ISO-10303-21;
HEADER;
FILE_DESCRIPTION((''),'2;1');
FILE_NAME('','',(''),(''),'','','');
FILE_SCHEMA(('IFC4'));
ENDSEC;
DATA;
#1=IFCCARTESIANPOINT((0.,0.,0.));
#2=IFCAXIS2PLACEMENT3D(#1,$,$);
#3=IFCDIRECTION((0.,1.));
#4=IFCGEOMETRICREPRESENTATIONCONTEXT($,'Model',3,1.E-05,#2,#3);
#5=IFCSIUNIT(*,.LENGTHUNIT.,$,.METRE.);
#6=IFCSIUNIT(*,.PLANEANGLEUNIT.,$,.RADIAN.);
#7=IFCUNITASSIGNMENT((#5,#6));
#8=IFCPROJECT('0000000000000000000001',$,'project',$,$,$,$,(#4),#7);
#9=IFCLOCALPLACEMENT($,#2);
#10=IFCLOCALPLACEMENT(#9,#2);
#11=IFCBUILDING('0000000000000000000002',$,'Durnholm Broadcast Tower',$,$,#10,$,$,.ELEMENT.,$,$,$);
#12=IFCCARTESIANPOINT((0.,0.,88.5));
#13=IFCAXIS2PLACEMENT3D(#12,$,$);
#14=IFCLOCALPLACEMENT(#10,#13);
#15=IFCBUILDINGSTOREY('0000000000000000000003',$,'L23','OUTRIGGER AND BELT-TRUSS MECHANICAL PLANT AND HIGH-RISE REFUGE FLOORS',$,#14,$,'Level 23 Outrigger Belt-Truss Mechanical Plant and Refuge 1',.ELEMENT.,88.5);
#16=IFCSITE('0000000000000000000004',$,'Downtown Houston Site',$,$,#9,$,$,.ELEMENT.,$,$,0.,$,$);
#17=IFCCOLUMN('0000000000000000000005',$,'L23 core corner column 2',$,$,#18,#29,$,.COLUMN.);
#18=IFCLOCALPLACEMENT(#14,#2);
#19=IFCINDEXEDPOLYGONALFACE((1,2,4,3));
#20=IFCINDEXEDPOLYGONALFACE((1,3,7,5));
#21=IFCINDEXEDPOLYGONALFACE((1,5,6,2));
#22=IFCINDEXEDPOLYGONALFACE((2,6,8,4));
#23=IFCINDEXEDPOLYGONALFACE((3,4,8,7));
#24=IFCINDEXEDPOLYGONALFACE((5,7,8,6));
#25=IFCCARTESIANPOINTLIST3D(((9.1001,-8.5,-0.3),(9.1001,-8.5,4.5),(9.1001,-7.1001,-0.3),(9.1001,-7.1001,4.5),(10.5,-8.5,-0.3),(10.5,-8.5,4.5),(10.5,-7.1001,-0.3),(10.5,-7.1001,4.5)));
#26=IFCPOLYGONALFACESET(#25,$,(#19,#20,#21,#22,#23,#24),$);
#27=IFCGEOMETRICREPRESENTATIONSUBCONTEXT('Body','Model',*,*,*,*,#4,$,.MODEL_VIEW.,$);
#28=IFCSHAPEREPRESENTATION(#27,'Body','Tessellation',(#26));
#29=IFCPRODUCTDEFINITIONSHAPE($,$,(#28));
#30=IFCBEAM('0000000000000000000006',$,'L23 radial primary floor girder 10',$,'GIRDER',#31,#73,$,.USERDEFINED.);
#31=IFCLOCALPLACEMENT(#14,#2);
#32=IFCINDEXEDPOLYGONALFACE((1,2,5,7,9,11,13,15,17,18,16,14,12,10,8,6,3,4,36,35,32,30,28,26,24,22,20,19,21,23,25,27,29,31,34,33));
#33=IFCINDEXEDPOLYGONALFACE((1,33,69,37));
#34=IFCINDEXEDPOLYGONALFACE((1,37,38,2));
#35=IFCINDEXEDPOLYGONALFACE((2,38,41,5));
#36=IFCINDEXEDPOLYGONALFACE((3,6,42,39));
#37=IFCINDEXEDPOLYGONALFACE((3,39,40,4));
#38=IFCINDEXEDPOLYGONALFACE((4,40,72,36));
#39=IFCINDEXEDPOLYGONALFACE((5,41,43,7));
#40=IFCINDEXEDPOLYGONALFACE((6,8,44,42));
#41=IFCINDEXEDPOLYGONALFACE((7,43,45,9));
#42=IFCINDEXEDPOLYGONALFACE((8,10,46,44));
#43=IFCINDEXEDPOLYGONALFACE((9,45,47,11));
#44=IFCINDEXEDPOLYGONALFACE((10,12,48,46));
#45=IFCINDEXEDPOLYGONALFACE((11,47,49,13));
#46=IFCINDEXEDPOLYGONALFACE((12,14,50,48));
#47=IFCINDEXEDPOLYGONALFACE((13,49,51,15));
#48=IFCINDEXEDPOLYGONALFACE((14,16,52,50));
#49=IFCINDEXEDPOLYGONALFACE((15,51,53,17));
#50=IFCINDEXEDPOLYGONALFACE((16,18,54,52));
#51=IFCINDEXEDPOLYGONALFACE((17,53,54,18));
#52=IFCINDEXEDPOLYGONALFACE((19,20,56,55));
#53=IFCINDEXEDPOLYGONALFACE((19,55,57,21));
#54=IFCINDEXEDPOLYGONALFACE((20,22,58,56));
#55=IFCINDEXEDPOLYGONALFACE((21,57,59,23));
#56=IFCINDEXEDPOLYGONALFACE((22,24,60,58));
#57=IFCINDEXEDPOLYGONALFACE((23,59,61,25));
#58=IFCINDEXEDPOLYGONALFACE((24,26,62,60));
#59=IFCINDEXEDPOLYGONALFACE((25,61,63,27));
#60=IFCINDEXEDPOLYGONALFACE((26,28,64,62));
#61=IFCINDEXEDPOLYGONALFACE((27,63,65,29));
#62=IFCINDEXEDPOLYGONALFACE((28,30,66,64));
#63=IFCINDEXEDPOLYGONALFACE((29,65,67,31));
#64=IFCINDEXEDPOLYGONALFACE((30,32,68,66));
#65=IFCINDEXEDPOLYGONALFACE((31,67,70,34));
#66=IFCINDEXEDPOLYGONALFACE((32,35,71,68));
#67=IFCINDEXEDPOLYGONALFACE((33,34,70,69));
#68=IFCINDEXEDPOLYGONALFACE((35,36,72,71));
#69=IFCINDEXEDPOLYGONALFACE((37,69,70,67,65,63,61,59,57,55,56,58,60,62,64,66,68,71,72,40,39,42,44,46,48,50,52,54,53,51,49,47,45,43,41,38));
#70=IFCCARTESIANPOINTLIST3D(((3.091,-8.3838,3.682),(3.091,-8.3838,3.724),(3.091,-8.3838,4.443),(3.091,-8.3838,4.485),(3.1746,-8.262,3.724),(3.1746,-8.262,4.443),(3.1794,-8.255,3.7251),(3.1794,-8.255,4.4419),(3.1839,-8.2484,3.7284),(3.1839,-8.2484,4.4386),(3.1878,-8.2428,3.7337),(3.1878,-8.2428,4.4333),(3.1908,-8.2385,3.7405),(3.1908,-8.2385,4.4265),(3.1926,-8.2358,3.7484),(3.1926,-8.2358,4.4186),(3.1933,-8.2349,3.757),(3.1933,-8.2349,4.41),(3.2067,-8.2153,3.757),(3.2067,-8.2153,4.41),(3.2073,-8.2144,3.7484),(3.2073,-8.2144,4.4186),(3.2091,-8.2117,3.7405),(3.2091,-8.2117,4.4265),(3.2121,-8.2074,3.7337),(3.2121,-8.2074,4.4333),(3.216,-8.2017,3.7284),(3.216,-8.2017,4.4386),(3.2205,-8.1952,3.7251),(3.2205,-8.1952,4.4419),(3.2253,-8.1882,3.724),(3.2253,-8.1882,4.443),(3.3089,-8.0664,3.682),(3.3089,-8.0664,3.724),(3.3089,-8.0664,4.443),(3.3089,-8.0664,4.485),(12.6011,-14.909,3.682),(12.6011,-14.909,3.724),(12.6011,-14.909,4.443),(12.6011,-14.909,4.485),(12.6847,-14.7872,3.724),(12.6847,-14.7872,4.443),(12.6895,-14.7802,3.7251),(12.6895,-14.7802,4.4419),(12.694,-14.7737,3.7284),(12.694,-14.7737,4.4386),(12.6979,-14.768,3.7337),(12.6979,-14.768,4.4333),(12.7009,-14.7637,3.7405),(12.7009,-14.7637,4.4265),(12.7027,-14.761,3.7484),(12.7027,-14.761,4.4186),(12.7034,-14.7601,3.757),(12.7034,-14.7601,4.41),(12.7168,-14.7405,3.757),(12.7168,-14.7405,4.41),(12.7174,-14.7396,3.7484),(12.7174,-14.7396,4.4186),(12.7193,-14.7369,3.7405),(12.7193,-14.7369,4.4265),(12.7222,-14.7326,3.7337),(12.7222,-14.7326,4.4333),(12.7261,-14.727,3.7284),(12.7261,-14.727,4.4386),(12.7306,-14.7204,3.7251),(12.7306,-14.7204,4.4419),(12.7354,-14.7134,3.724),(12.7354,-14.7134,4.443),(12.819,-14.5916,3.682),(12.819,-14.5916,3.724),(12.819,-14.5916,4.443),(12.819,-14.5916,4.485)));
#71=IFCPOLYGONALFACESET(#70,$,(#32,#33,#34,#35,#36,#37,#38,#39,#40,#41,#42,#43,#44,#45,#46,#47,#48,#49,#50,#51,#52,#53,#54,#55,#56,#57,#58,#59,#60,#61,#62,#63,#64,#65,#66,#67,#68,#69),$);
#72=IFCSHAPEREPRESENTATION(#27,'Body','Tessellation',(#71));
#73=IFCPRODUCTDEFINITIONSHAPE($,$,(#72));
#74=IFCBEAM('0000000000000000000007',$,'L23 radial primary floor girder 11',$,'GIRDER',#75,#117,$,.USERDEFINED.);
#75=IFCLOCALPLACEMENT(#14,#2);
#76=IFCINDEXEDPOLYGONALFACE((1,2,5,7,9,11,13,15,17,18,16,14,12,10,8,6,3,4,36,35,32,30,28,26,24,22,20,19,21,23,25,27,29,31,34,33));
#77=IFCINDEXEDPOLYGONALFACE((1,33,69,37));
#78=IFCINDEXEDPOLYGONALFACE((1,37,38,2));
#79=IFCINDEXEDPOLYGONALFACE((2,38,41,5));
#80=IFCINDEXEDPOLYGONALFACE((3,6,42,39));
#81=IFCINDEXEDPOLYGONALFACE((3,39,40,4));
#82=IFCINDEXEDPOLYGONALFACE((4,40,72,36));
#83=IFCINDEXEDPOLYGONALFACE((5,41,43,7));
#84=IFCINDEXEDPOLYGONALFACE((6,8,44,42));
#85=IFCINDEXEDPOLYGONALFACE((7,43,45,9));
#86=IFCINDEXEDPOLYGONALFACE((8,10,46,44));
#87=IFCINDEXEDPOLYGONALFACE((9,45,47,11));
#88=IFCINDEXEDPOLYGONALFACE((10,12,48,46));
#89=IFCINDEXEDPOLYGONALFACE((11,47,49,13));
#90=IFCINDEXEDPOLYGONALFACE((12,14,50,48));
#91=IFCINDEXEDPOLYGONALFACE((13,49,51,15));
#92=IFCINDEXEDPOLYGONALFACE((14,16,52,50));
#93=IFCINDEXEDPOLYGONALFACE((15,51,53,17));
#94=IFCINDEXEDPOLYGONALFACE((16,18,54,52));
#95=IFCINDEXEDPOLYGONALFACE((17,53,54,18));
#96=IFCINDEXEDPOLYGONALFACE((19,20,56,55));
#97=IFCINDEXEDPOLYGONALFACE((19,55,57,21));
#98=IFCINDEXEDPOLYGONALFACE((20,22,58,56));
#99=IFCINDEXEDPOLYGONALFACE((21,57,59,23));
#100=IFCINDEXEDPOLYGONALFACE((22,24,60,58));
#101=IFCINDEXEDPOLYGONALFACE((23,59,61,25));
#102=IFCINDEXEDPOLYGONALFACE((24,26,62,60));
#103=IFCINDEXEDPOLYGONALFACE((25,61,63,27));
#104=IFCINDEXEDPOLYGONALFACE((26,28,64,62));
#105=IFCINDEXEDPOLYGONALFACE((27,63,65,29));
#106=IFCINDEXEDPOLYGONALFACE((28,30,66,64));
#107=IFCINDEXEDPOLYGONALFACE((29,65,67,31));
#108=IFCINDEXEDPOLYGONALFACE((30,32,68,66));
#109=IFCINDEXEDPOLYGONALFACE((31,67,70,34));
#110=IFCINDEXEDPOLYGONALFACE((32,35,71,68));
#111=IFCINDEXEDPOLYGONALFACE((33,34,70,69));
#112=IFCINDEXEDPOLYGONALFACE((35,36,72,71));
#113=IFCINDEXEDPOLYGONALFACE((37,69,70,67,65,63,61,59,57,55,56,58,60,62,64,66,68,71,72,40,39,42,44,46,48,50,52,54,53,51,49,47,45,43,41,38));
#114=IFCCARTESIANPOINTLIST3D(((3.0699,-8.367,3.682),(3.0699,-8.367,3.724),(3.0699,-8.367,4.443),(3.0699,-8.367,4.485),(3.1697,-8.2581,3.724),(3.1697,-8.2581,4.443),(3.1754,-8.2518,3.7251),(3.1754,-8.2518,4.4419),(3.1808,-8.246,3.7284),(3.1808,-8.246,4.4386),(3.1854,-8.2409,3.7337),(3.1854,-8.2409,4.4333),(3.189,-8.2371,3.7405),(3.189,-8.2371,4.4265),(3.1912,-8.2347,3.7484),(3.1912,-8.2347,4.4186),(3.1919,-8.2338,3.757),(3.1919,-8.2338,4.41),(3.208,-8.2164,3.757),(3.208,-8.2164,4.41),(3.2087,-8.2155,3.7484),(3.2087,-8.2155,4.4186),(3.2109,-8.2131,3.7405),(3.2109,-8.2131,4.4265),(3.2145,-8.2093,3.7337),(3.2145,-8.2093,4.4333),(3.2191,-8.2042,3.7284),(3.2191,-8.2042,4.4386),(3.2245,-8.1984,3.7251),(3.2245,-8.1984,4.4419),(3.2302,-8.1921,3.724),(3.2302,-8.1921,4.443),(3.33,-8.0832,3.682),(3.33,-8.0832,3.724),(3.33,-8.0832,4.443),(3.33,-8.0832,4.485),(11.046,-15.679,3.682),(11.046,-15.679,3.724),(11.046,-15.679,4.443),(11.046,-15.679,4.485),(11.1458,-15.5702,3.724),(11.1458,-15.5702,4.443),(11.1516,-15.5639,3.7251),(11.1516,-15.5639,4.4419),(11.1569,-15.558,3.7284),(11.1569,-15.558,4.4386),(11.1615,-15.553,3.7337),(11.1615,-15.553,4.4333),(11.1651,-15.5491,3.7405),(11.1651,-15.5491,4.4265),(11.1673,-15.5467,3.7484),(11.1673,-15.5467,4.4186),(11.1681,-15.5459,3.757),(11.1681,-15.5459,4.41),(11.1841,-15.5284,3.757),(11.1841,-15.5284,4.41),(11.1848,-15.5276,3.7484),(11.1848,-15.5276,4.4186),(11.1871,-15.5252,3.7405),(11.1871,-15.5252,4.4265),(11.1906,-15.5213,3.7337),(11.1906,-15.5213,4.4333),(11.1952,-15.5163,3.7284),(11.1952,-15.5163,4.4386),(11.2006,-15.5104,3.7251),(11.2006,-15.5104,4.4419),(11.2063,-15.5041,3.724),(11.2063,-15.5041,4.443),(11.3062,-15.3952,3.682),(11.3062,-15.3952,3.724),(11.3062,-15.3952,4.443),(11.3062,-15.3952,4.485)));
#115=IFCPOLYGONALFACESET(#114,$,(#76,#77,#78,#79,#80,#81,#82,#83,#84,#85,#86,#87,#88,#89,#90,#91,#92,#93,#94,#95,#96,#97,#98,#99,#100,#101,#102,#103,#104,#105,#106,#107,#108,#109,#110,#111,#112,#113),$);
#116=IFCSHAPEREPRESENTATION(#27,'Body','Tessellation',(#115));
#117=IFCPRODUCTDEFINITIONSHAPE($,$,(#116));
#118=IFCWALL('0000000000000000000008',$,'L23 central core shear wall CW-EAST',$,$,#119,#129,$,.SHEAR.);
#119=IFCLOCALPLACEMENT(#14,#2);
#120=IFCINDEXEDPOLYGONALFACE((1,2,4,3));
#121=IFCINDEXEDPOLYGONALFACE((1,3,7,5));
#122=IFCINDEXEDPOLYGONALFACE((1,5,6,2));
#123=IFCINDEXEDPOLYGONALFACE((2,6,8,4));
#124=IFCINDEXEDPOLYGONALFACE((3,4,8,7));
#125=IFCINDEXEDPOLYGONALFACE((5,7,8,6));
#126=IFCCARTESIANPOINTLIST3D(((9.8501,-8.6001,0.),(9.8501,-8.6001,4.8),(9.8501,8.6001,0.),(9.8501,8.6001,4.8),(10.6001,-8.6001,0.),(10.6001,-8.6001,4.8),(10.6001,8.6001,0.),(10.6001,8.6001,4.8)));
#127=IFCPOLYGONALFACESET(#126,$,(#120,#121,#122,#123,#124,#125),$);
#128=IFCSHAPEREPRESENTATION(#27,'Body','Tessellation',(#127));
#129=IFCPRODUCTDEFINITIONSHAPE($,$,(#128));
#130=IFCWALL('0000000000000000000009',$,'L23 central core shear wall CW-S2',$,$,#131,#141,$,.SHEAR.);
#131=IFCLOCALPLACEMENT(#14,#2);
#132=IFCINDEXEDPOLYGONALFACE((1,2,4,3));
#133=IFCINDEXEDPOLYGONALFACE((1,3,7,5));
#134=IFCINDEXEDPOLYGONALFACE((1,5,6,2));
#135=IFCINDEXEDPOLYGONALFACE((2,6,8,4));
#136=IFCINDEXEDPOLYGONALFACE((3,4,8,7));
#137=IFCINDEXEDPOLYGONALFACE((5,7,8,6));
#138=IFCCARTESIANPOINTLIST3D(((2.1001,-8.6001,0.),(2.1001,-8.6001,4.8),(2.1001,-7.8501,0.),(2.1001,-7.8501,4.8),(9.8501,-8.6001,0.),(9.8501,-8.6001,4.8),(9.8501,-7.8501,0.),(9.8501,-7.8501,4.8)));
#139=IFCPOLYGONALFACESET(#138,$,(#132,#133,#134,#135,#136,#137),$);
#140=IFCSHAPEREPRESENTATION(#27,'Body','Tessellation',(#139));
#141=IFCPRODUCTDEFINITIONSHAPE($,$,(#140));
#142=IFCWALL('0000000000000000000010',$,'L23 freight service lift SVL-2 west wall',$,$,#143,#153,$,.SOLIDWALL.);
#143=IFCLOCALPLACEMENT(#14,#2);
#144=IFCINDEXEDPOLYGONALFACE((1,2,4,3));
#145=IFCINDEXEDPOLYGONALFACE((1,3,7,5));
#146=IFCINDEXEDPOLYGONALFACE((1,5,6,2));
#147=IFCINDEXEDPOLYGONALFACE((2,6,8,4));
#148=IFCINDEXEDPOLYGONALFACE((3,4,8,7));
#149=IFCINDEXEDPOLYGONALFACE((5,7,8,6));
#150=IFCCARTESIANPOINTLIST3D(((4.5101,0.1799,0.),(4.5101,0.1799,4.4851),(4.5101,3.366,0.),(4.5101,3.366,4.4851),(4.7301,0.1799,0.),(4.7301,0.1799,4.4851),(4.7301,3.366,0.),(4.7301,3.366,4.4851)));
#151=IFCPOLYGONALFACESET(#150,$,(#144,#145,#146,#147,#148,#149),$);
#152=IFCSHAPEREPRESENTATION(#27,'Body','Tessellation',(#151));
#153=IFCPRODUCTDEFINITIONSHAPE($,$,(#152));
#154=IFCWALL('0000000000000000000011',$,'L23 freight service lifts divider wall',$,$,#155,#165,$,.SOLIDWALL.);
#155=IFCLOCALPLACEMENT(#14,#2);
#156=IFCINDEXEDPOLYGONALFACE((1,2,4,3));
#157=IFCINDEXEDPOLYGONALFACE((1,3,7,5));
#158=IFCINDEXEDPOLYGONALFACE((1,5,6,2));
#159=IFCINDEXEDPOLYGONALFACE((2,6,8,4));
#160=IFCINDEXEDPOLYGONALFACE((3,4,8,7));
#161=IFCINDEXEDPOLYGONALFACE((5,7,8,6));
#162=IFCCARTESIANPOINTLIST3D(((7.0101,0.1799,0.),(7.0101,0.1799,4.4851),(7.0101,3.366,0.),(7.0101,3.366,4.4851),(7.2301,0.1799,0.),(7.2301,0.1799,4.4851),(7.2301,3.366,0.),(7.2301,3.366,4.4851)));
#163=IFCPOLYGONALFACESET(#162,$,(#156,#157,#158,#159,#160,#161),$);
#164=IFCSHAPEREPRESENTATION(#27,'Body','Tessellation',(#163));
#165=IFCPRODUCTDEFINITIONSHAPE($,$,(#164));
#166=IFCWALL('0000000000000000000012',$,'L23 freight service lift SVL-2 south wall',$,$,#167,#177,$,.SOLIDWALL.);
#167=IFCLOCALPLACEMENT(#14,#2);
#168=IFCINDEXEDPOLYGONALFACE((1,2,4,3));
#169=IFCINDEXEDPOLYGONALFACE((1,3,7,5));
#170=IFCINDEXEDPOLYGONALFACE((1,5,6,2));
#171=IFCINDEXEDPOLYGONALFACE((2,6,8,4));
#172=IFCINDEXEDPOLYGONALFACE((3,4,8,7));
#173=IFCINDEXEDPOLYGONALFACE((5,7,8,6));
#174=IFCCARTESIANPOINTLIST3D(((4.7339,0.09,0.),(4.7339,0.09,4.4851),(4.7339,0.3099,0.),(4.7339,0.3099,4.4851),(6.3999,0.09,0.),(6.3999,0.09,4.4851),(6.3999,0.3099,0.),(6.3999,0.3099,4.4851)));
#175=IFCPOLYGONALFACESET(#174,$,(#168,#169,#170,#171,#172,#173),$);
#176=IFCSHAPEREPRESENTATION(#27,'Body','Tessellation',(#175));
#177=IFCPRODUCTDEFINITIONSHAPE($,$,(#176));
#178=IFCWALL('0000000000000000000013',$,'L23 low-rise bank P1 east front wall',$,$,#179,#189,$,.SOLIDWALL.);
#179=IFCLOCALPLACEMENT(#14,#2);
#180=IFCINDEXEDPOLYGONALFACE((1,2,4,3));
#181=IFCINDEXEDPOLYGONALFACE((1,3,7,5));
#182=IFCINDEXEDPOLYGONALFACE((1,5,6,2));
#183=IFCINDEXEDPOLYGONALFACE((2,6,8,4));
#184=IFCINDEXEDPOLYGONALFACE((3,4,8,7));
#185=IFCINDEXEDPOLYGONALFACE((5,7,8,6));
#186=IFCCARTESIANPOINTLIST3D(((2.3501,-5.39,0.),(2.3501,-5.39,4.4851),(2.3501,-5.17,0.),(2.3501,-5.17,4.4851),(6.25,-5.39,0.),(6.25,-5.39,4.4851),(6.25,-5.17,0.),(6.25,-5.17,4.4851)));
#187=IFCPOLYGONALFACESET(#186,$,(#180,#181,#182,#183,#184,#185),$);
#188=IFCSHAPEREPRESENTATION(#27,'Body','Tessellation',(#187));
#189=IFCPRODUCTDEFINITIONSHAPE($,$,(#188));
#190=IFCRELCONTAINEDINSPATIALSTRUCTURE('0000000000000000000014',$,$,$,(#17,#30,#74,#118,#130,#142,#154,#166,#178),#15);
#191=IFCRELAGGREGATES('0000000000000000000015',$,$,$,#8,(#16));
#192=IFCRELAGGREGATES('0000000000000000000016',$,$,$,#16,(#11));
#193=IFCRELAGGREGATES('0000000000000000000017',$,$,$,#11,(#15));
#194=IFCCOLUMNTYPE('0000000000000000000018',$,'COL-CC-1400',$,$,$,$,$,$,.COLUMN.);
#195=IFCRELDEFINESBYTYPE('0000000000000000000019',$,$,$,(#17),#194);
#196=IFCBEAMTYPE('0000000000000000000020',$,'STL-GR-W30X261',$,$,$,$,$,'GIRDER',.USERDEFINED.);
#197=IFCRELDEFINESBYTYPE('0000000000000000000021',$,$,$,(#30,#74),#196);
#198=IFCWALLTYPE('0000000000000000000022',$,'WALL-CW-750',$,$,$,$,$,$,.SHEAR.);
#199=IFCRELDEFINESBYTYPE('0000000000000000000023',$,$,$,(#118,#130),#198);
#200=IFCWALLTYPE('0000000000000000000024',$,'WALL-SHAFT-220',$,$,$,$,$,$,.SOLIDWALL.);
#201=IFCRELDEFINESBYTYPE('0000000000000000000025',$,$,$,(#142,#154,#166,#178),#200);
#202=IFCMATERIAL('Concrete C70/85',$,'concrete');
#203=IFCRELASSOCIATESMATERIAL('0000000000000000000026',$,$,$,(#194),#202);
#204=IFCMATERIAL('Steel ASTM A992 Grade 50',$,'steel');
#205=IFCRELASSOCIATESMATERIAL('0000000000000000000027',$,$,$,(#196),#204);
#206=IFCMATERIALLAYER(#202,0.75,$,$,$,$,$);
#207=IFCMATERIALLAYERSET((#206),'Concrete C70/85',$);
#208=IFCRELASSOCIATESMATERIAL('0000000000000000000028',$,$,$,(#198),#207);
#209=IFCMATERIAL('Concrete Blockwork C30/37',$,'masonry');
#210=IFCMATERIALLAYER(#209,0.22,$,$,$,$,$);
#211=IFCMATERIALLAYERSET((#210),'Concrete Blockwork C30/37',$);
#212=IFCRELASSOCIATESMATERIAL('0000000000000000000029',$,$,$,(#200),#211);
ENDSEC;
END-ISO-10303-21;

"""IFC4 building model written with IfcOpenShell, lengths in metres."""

from ifc_helpers import new_model, si_unit, direction, frame, frame_2d, origin, origin_2d, place, context, subcontext, project, spatial, rectangle, i_section, extrude, source, transform, mapped, material, layer, layer_set, material_profile, profile_set, type_object, type_shapes, element, save


model = new_model("IFC4")

# Units and contexts
model_context = context("Model", 3, precision=1e-05, world=origin(), true_north=direction((0.0, 1.0)))
body_context = subcontext(model_context, "Body", "Model", "MODEL_VIEW")
ifc_project = project(units=[si_unit("LENGTHUNIT", "METRE"), si_unit("PLANEANGLEUNIT", "RADIAN")], contexts=[model_context])

# Site, building, storey
site_placement = place(None, origin())
site = spatial("IfcSite", under=ifc_project, at=site_placement, Name="Downtown Houston Site", CompositionType="ELEMENT", RefElevation=0.0)
building_placement = place(site_placement, origin())
building = spatial("IfcBuilding", under=site, at=building_placement, Name="Durnholm Broadcast Tower", CompositionType="ELEMENT")
storey_placement = place(building_placement, frame((0.0, 0.0, 88.5)))
storey = spatial("IfcBuildingStorey", under=building, at=storey_placement, Name="L23", Description="OUTRIGGER AND BELT-TRUSS MECHANICAL PLANT AND HIGH-RISE REFUGE FLOORS", LongName="Level 23 Outrigger Belt-Truss Mechanical Plant and Refuge 1", CompositionType="ELEMENT", Elevation=88.5)

# Column
ifc_material_1 = material(Name="Concrete C70/85", Category="concrete")
ifc_material_profile_1 = material_profile(ifc_material_1, rectangle(XDim=1.3999, YDim=1.3999, at=origin_2d()), Name="RC1400X1400")
ifc_profile_set_1 = profile_set([ifc_material_profile_1], Name="Concrete C70/85")
column_type = type_object("IfcColumnType", Name="COL-CC-1400", PredefinedType="COLUMN", material=ifc_profile_set_1)
shared_shape_1 = source(origin(), body_context, "Body", "SweptSolid", [
    extrude(rectangle(XDim=1.3999, YDim=1.3999, at=origin_2d()), origin(), (0.0, 0.0, 1.0), 4.8),
])
type_shapes(column_type, [shared_shape_1])
column_placement = place(storey_placement, frame((9.8, -7.8, -0.3), z_axis=(0.0, 0.0, 1.0), x_axis=(1.0, 0.0, 0.0)))
element("IfcColumn", 1, at=column_placement, inside=storey, type_object=column_type, Name="L23 core corner column 2", PredefinedType="COLUMN", context=body_context, shape_type="MappedRepresentation", body=[
    mapped(shared_shape_1, transform((0.0, 0.0, 0.0), x_axis=(1.0, 0.0, 0.0), y_axis=(0.0, 1.0, 0.0), z_axis=(0.0, 0.0, 1.0), scale=1.0)),
])

# Beams
ifc_material_2 = material(Name="Steel ASTM A992 Grade 50", Category="steel")
ifc_material_profile_2 = material_profile(ifc_material_2, i_section(OverallWidth=0.385, OverallDepth=0.803, WebThickness=0.0237, FlangeThickness=0.042, FilletRadius=0.033, at=origin_2d()), Name="W30X261")
ifc_profile_set_2 = profile_set([ifc_material_profile_2], Name="Steel ASTM A992 Grade 50")
beam_type = type_object("IfcBeamType", Name="STL-GR-W30X261", ElementType="GIRDER", PredefinedType="USERDEFINED", material=ifc_profile_set_2)
shared_shape_2 = source(origin(), body_context, "Body", "SweptSolid", [
    extrude(i_section(OverallWidth=0.385, OverallDepth=0.803, WebThickness=0.0237, FlangeThickness=0.042, FilletRadius=0.033, at=origin_2d()), origin(), (0.0, 0.0, 1.0), 11.5334),
])
beam_1_placement = place(storey_placement, frame((3.2, -8.2251, 4.0835), z_axis=(0.824567, -0.565764, 0.0), x_axis=(0.565764, 0.824567, 0.0)))
element("IfcBeam", 2, at=beam_1_placement, inside=storey, type_object=beam_type, Name="L23 radial primary floor girder 10", ObjectType="GIRDER", PredefinedType="USERDEFINED", context=body_context, shape_type="MappedRepresentation", body=[
    mapped(shared_shape_2, transform((0.0, 0.0, 0.0), x_axis=(1.0, 0.0, 0.0), y_axis=(0.0, 1.0, 0.0), z_axis=(0.0, 0.0, 1.0), scale=1.0)),
])
shared_shape_3 = source(origin(), body_context, "Body", "SweptSolid", [
    extrude(i_section(OverallWidth=0.385, OverallDepth=0.803, WebThickness=0.0237, FlangeThickness=0.042, FilletRadius=0.033, at=origin_2d()), origin(), (0.0, 0.0, 1.0), 10.8206),
])
type_shapes(beam_type, [shared_shape_2, shared_shape_3])
beam_2_placement = place(storey_placement, frame((3.2, -8.2251, 4.0835), z_axis=(0.737126, -0.675755, 0.0), x_axis=(0.675755, 0.737126, 0.0)))
element("IfcBeam", 3, at=beam_2_placement, inside=storey, type_object=beam_type, Name="L23 radial primary floor girder 11", ObjectType="GIRDER", PredefinedType="USERDEFINED", context=body_context, shape_type="MappedRepresentation", body=[
    mapped(shared_shape_3, transform((0.0, 0.0, 0.0), x_axis=(1.0, 0.0, 0.0), y_axis=(0.0, 1.0, 0.0), z_axis=(0.0, 0.0, 1.0), scale=1.0)),
])

# Walls
ifc_layer_1 = layer(ifc_material_1, 0.75)
ifc_layer_set_1 = layer_set([ifc_layer_1], Name="Concrete C70/85")
wall_type_1 = type_object("IfcWallType", Name="WALL-CW-750", PredefinedType="SHEAR", material=ifc_layer_set_1)
wall_1_placement = place(storey_placement, frame((10.2251, -8.6001, 0.0), z_axis=(0.0, 0.0, 1.0), x_axis=(0.0, 1.0, 0.0)))
element("IfcWall", 4, at=wall_1_placement, inside=storey, type_object=wall_type_1, Name="L23 central core shear wall CW-EAST", PredefinedType="SHEAR", context=body_context, shape_type="SweptSolid", body=[
    extrude(rectangle(XDim=17.2002, YDim=0.75, at=frame_2d((8.6001, 0.0))), origin(), (0.0, 0.0, 1.0), 4.8),
])
wall_2_placement = place(storey_placement, frame((2.1001, -8.2251, 0.0), z_axis=(0.0, 0.0, 1.0), x_axis=(1.0, 0.0, 0.0)))
element("IfcWall", 5, at=wall_2_placement, inside=storey, type_object=wall_type_1, Name="L23 central core shear wall CW-S2", PredefinedType="SHEAR", context=body_context, shape_type="SweptSolid", body=[
    extrude(rectangle(XDim=7.75, YDim=0.75, at=frame_2d((3.875, 0.0))), origin(), (0.0, 0.0, 1.0), 4.8),
])
ifc_material_3 = material(Name="Concrete Blockwork C30/37", Category="masonry")
ifc_layer_2 = layer(ifc_material_3, 0.22)
ifc_layer_set_2 = layer_set([ifc_layer_2], Name="Concrete Blockwork C30/37")
wall_type_2 = type_object("IfcWallType", Name="WALL-SHAFT-220", PredefinedType="SOLIDWALL", material=ifc_layer_set_2)
for number, where, z_axis, x_axis, name in (
    (6, (4.6201, 0.1799, 0.0), (0.0, 0.0, 1.0), (0.0, 1.0, 0.0), "L23 freight service lift SVL-2 west wall"),
    (7, (7.1201, 0.1799, 0.0), (0.0, 0.0, 1.0), (0.0, 1.0, 0.0), "L23 freight service lifts divider wall"),
):
    element("IfcWall", number, at=place(storey_placement, frame(where, z_axis=z_axis, x_axis=x_axis)), inside=storey, type_object=wall_type_2, Name=name, PredefinedType="SOLIDWALL", context=body_context, shape_type="SweptSolid", body=[
        extrude(rectangle(XDim=3.186, YDim=0.22, at=frame_2d((1.593, 0.0))), origin(), (0.0, 0.0, 1.0), 4.4851),
    ])
wall_3_placement = place(storey_placement, frame((4.7339, 0.2, 0.0), z_axis=(0.0, 0.0, 1.0), x_axis=(1.0, 0.0, 0.0)))
element("IfcWall", 8, at=wall_3_placement, inside=storey, type_object=wall_type_2, Name="L23 freight service lift SVL-2 south wall", PredefinedType="SOLIDWALL", context=body_context, shape_type="SweptSolid", body=[
    extrude(rectangle(XDim=1.666, YDim=0.22, at=frame_2d((0.833, 0.0))), origin(), (0.0, 0.0, 1.0), 4.4851),
])
wall_4_placement = place(storey_placement, frame((2.3501, -5.28, 0.0), z_axis=(0.0, 0.0, 1.0), x_axis=(1.0, 0.0, 0.0)))
element("IfcWall", 9, at=wall_4_placement, inside=storey, type_object=wall_type_2, Name="L23 low-rise bank P1 east front wall", PredefinedType="SOLIDWALL", context=body_context, shape_type="SweptSolid", body=[
    extrude(rectangle(XDim=3.8999, YDim=0.22, at=frame_2d((1.95, 0.0))), origin(), (0.0, 0.0, 1.0), 4.4851),
])

save(model, "model.ifc")
